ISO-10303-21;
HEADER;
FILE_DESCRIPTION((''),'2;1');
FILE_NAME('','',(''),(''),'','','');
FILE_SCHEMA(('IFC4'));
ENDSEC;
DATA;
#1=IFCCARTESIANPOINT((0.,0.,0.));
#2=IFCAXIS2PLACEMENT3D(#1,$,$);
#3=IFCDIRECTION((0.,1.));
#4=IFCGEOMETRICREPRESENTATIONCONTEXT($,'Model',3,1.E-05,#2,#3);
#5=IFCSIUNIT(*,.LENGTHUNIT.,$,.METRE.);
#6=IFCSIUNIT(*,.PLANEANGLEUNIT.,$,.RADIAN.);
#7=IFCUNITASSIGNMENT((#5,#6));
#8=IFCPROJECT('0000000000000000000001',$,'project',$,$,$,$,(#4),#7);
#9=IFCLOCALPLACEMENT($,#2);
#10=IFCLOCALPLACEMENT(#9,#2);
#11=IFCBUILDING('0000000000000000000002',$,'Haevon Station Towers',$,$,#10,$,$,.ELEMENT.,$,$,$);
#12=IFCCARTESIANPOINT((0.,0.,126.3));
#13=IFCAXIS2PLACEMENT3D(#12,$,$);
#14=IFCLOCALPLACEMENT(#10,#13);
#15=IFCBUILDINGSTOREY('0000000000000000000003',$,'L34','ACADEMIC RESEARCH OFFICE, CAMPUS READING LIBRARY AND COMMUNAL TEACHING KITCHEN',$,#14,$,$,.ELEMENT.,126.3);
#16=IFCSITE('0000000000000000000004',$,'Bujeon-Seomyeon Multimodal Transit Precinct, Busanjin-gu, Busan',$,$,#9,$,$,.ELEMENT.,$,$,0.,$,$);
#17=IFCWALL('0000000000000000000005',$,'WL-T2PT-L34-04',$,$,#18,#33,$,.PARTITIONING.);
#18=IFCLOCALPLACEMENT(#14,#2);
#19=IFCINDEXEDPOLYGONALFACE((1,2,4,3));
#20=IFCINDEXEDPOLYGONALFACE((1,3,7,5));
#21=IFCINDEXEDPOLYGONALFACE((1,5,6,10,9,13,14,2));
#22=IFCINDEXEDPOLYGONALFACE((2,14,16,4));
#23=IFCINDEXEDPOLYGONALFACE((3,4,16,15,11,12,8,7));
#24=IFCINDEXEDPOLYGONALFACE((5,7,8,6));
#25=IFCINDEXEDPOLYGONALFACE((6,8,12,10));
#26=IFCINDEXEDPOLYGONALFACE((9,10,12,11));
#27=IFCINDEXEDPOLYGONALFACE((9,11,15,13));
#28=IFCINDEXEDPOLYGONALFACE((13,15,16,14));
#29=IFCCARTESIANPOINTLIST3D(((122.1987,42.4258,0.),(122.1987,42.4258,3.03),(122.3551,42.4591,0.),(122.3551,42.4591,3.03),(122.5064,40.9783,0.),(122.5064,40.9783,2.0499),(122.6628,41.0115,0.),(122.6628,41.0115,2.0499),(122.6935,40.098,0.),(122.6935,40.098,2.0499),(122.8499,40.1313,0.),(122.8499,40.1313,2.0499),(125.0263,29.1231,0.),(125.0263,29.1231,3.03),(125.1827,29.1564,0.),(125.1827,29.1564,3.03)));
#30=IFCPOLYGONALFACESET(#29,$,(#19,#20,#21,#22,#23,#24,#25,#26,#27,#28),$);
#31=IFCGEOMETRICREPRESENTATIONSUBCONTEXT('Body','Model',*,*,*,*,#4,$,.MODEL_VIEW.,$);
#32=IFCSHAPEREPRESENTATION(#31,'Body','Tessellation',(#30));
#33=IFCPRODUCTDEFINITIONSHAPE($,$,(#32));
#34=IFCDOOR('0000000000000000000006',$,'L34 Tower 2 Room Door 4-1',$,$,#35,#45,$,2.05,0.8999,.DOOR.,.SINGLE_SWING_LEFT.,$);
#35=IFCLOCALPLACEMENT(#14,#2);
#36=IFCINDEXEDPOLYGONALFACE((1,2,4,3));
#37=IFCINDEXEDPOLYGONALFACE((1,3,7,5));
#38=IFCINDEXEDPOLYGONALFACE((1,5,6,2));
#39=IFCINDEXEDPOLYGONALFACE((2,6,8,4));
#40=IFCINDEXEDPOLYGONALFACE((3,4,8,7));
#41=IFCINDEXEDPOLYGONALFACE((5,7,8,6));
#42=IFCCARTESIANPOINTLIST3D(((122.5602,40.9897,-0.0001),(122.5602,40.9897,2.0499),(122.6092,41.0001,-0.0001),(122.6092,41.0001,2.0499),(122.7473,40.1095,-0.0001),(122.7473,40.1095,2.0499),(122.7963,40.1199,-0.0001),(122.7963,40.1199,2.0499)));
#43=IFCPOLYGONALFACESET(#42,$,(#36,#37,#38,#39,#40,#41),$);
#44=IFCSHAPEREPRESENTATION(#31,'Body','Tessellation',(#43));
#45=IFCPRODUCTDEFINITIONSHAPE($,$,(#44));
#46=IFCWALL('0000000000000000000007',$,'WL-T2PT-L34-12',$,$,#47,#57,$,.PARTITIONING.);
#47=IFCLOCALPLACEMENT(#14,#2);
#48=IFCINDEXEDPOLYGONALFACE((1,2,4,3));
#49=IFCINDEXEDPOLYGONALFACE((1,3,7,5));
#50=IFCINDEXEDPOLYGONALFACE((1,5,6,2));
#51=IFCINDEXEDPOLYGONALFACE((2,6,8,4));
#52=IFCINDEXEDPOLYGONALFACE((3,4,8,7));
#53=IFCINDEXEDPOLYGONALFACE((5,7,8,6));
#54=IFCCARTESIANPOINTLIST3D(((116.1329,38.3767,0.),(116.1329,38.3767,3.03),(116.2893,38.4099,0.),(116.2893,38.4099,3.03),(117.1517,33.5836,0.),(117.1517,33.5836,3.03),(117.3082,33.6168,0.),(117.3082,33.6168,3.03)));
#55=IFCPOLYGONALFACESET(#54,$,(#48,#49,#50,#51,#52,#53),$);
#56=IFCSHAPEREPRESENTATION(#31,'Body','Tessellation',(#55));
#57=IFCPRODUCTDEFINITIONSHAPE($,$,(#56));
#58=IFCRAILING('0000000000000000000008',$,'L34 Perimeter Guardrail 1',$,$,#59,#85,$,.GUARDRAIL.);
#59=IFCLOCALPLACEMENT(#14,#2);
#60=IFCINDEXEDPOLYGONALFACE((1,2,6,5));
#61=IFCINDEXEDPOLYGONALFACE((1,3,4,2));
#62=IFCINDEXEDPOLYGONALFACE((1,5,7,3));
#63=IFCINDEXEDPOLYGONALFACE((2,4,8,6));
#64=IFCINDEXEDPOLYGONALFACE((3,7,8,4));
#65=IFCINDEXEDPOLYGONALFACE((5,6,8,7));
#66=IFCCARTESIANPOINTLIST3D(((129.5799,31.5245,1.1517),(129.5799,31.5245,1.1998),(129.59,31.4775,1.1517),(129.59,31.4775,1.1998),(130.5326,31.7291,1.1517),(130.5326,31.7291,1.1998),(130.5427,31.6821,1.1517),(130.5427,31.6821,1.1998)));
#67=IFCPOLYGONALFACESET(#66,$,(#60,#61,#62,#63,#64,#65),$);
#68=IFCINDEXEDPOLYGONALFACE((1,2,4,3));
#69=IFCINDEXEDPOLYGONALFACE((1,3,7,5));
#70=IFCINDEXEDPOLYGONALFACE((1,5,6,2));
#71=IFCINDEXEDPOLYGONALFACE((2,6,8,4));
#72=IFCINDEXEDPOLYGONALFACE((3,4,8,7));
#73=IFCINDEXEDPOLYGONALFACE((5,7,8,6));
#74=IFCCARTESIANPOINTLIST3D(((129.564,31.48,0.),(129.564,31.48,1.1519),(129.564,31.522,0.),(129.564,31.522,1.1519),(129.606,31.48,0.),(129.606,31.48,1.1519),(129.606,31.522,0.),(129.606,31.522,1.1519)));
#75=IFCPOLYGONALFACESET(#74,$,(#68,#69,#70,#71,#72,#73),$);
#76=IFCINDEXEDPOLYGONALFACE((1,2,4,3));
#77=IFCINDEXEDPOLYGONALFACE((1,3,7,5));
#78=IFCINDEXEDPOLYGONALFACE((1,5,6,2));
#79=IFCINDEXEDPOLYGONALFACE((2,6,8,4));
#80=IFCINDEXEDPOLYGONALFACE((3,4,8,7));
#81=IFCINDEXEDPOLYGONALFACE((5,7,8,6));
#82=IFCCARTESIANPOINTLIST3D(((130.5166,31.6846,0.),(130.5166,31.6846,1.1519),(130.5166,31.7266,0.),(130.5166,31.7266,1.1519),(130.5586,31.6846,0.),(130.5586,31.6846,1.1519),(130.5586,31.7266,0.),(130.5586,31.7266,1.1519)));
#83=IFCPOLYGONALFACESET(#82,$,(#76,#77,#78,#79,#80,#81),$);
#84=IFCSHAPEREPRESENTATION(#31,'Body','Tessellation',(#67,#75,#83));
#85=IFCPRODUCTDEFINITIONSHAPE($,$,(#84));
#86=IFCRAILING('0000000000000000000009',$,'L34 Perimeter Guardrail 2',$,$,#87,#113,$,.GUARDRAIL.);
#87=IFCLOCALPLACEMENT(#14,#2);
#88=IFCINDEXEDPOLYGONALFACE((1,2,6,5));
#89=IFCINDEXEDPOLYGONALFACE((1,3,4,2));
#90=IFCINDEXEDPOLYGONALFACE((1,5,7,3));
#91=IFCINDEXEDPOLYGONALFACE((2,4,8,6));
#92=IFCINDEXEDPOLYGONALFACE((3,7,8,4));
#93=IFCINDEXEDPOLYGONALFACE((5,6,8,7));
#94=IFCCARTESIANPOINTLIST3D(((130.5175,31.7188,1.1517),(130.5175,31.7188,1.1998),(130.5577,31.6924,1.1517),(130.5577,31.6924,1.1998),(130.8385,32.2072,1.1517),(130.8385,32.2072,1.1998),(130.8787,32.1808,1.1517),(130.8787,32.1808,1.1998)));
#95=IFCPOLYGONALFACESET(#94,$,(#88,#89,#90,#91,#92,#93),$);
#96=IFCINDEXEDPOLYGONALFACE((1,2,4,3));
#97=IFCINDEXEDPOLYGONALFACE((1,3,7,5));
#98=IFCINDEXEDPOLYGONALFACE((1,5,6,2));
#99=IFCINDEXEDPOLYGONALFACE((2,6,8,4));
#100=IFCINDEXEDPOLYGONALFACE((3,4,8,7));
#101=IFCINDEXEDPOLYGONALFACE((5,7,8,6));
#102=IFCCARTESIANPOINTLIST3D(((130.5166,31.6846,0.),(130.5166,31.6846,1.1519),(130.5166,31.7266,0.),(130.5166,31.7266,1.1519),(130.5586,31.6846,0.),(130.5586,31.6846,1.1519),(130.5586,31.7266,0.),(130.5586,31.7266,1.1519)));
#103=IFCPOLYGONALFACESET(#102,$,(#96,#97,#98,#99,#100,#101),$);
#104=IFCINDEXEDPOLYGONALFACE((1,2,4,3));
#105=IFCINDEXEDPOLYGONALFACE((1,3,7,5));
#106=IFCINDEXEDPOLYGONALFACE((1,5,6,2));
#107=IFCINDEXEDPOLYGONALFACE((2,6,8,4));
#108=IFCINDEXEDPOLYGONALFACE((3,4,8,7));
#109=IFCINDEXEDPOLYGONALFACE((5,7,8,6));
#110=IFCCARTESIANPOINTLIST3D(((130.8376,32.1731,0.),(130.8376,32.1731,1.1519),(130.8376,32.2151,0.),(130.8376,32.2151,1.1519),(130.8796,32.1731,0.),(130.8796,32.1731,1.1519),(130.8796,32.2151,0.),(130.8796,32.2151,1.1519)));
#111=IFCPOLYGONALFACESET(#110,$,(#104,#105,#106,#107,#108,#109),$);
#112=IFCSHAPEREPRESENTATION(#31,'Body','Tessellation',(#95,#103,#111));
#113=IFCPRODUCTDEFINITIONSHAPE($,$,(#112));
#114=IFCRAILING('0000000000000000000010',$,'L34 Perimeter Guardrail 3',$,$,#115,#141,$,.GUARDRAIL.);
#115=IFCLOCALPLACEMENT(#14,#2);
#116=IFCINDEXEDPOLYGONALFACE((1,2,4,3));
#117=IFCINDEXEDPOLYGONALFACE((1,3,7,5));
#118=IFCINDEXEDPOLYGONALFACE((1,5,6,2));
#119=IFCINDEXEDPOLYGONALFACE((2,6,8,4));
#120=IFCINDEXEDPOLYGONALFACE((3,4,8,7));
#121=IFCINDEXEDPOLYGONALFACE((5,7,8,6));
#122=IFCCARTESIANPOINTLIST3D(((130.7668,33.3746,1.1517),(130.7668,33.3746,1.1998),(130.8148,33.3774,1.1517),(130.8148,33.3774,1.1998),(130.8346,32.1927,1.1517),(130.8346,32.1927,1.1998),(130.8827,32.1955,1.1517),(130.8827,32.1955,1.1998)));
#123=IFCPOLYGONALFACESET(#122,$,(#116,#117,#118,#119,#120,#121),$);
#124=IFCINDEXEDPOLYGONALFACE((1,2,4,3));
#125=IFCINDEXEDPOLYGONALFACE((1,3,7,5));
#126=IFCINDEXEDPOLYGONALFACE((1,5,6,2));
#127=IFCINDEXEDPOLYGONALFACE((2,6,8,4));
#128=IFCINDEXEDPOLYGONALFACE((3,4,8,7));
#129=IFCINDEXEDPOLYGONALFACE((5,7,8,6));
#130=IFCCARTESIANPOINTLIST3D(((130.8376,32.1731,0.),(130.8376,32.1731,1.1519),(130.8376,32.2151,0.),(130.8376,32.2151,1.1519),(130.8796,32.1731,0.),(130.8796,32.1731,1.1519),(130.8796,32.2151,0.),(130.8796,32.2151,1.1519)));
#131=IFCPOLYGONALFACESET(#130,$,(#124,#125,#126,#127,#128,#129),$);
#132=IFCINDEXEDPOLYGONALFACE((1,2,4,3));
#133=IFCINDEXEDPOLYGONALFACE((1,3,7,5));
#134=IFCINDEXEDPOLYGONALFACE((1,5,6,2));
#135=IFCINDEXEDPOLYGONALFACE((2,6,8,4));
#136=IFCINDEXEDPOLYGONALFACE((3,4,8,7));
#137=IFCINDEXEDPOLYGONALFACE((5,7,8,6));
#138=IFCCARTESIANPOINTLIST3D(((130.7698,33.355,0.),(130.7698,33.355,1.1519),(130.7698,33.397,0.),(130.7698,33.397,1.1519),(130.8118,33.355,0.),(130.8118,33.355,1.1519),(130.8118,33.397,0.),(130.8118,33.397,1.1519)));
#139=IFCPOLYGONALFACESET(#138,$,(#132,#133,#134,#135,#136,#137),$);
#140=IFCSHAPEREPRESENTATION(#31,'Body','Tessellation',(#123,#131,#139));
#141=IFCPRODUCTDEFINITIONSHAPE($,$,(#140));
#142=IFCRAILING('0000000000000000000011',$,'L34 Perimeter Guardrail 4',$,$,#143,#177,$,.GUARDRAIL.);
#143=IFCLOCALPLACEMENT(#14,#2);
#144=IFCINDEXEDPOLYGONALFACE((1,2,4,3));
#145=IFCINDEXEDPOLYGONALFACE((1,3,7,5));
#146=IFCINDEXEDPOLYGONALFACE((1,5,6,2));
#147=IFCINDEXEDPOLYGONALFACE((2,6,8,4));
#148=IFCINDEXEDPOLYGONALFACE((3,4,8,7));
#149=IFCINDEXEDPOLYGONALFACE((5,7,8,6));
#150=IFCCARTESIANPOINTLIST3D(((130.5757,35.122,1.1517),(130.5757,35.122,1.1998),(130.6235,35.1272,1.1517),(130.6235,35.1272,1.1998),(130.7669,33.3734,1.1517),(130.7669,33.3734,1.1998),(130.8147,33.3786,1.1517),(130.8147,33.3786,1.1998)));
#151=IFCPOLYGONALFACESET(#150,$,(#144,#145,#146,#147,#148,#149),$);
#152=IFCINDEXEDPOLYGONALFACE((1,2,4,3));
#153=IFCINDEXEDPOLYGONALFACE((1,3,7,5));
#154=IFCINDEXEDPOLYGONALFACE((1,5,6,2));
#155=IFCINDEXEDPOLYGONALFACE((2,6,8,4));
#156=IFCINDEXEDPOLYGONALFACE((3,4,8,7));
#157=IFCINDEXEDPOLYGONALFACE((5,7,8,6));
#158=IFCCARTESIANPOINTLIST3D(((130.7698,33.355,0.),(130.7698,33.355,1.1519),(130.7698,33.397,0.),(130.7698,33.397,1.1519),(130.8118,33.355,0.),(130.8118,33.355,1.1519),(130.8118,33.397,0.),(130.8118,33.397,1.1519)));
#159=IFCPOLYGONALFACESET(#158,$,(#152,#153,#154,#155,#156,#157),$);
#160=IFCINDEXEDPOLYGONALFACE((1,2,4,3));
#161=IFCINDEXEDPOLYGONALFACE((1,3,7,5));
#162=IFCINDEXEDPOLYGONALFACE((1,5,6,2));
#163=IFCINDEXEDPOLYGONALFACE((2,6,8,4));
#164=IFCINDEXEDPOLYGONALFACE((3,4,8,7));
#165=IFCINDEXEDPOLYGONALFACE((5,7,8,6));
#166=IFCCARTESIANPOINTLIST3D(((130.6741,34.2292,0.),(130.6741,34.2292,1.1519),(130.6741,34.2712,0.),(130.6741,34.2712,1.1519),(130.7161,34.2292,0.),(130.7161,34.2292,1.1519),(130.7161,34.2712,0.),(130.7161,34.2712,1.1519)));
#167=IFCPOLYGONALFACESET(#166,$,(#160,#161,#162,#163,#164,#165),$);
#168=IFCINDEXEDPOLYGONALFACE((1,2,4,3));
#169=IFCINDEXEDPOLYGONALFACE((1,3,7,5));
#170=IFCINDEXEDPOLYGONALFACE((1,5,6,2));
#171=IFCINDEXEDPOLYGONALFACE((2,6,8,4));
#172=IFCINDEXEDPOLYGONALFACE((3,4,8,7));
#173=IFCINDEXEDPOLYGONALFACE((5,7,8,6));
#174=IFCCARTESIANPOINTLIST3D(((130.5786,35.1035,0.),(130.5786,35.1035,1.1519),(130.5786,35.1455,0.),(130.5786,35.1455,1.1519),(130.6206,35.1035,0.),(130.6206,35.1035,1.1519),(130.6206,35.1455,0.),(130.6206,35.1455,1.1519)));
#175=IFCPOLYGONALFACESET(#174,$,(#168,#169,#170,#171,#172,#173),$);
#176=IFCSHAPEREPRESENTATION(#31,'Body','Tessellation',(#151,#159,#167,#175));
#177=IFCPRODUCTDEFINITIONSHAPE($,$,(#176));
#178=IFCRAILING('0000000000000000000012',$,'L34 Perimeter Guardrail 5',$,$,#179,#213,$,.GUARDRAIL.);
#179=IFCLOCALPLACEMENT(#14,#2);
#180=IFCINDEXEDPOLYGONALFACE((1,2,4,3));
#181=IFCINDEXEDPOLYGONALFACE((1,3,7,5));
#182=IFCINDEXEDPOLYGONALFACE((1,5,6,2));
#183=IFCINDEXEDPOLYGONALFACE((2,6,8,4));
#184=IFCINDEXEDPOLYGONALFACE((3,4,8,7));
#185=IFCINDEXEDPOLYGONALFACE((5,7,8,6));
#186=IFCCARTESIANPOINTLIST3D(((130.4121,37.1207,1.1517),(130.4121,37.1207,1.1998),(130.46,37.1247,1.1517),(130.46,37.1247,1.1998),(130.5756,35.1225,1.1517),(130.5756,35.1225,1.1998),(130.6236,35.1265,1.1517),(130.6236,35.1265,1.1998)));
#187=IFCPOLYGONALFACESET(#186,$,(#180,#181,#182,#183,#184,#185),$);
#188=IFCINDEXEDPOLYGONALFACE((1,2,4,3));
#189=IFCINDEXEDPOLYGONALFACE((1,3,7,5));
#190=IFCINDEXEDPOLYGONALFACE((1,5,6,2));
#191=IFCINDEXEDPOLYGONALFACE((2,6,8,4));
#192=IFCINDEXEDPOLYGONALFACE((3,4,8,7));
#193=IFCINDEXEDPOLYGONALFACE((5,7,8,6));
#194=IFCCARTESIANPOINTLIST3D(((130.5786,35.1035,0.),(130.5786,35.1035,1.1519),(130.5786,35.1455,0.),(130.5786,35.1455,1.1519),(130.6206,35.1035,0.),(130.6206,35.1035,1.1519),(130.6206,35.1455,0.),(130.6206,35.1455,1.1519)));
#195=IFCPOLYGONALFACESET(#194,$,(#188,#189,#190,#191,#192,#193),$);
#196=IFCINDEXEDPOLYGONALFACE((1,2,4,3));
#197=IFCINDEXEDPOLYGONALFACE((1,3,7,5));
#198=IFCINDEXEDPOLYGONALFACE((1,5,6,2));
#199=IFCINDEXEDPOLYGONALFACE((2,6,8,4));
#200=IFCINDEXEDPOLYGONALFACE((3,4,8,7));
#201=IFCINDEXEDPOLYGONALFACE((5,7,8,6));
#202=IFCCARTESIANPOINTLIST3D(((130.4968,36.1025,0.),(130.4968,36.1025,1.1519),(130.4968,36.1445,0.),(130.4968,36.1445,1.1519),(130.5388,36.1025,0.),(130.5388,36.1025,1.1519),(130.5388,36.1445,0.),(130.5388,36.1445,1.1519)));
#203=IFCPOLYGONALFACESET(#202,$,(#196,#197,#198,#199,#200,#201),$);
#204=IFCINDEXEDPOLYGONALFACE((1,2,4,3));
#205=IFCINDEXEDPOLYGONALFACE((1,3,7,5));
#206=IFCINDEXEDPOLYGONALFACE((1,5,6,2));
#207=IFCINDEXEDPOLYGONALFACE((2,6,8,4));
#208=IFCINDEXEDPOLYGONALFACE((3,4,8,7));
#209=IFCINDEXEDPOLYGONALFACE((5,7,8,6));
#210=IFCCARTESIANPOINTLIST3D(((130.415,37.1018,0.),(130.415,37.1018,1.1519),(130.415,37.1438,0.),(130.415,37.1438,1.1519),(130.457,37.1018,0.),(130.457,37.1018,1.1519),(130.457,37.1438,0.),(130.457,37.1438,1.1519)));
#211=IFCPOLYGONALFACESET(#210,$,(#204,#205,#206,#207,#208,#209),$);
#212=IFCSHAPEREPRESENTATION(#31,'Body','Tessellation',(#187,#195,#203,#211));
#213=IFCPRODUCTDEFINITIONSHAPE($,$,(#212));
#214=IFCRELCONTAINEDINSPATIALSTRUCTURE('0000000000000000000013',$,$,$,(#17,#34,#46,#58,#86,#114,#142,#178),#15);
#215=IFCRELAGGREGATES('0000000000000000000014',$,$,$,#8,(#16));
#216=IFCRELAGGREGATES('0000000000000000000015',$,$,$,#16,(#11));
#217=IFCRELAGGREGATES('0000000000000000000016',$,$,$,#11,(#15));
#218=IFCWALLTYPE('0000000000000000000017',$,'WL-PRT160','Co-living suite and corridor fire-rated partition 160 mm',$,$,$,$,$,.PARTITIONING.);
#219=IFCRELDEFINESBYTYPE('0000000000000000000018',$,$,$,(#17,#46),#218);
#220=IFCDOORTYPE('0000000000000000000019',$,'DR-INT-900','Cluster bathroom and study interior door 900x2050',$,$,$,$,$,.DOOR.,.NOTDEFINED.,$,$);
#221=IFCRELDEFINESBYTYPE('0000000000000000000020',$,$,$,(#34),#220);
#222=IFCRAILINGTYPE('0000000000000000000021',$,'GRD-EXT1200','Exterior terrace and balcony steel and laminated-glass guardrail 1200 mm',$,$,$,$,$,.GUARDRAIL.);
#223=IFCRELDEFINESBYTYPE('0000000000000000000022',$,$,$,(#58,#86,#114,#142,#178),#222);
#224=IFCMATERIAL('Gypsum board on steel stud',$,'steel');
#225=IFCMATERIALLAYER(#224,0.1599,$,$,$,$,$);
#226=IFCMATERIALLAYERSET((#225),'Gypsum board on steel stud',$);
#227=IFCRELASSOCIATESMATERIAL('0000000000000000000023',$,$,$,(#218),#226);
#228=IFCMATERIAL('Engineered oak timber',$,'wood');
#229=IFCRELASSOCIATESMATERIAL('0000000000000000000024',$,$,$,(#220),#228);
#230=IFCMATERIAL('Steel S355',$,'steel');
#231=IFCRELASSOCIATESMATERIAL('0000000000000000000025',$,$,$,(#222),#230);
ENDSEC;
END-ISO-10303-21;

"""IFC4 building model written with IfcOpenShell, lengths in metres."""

from ifc_helpers import new_model, si_unit, direction, frame, frame_2d, origin, origin_2d, place, context, subcontext, project, spatial, rectangle, extrude, material, layer, layer_set, type_object, element, fill, save


model = new_model("IFC4")

# Units and contexts
model_context = context("Model", 3, precision=1e-05, world=origin(), true_north=direction((0.0, 1.0)))
body_context = subcontext(model_context, "Body", "Model", "MODEL_VIEW")
ifc_project = project(units=[si_unit("LENGTHUNIT", "METRE"), si_unit("PLANEANGLEUNIT", "RADIAN")], contexts=[model_context])

# Site, building, storey
site_placement = place(None, origin())
site = spatial("IfcSite", under=ifc_project, at=site_placement, Name="Bujeon-Seomyeon Multimodal Transit Precinct, Busanjin-gu, Busan", CompositionType="ELEMENT", RefElevation=0.0)
building_placement = place(site_placement, origin())
building = spatial("IfcBuilding", under=site, at=building_placement, Name="Haevon Station Towers", CompositionType="ELEMENT")
storey_placement = place(building_placement, frame((0.0, 0.0, 126.3)))
storey = spatial("IfcBuildingStorey", under=building, at=storey_placement, Name="L34", Description="ACADEMIC RESEARCH OFFICE, CAMPUS READING LIBRARY AND COMMUNAL TEACHING KITCHEN", CompositionType="ELEMENT", Elevation=126.3)

# Shared definitions
ifc_material_1 = material(Name="Steel S355", Category="steel")

# Shared definitions
ifc_material_2 = material(Name="Gypsum board on steel stud", Category="steel")

# Wall, opening, door
ifc_layer_1 = layer(ifc_material_2, 0.1599)
ifc_layer_set_1 = layer_set([ifc_layer_1], Name="Gypsum board on steel stud")
wall_type_1 = type_object("IfcWallType", Name="WL-PRT160", Description="Co-living suite and corridor fire-rated partition 160 mm", PredefinedType="PARTITIONING", material=ifc_layer_set_1)
wall_1_placement = place(storey_placement, frame((125.1045, 29.1399, 0.0), z_axis=(0.0, 0.0, 1.0), x_axis=(-0.207915, 0.978147, 0.0)))
wall_1 = element("IfcWall", 1, at=wall_1_placement, inside=storey, type_object=wall_type_1, Name="WL-T2PT-L34-04", PredefinedType="PARTITIONING", context=body_context, shape_type="SweptSolid", body=[
    extrude(rectangle(XDim=13.5999, YDim=0.1599, at=frame_2d((6.7998, 0.0))), origin(), (0.0, 0.0, 1.0), 3.03),
])
opening_1_placement = place(wall_1_placement, frame((11.22, 0.0, 0.0)))
opening_1 = element("IfcOpeningElement", 2, at=opening_1_placement, cuts=wall_1, PredefinedType="OPENING", context=body_context, shape_type="SweptSolid", body=[
    extrude(rectangle(XDim=0.8999, YDim=2.05, at=frame_2d((0.45, 1.0249))), frame((0.0, 0.0898, 0.0), z_axis=(0.0, -1.0, 0.0), x_axis=(1.0, 0.0, 0.0)), (0.0, 0.0, 1.0), 0.1799),
])
ifc_material_3 = material(Name="Engineered oak timber", Category="wood")
door_type = type_object("IfcDoorType", Name="DR-INT-900", Description="Cluster bathroom and study interior door 900x2050", OperationType="NOTDEFINED", PredefinedType="DOOR", material=ifc_material_3)
door_placement = place(opening_1_placement, origin())
door = element("IfcDoor", 3, at=door_placement, inside=storey, type_object=door_type, Name="L34 Tower 2 Room Door 4-1", OperationType="SINGLE_SWING_LEFT", OverallHeight=2.05, OverallWidth=0.8999, PredefinedType="DOOR", context=body_context, shape_type="SweptSolid", body=[
    extrude(rectangle(XDim=0.8999, YDim=2.05, at=frame_2d((0.45, 1.0249))), frame((0.0, 0.0249, 0.0), z_axis=(0.0, -1.0, 0.0), x_axis=(1.0, 0.0, 0.0)), (0.0, 0.0, 1.0), 0.05),
])
fill(opening_1, door)

# Wall
wall_2_placement = place(storey_placement, frame((117.23, 33.6001, 0.0), z_axis=(0.0, 0.0, 1.0), x_axis=(-0.207916, 0.978147, 0.0)))
element("IfcWall", 4, at=wall_2_placement, inside=storey, type_object=wall_type_1, Name="WL-T2PT-L34-12", PredefinedType="PARTITIONING", context=body_context, shape_type="SweptSolid", body=[
    extrude(rectangle(XDim=4.9001, YDim=0.1599, at=frame_2d((2.4502, 0.0))), origin(), (0.0, 0.0, 1.0), 3.03),
])

# Railings
railing_type = type_object("IfcRailingType", Name="GRD-EXT1200", Description="Exterior terrace and balcony steel and laminated-glass guardrail 1200 mm", PredefinedType="GUARDRAIL", material=ifc_material_1)
railing_1_placement = place(storey_placement, frame((129.585, 31.501, 0.0)))
element("IfcRailing", 5, at=railing_1_placement, inside=storey, type_object=railing_type, Name="L34 Perimeter Guardrail 1", PredefinedType="GUARDRAIL", context=body_context, shape_type="SweptSolid", body=[
    extrude(rectangle(XDim=0.0481, YDim=0.0481, at=origin_2d()), frame((0.0, 0.0, 1.1758), z_axis=(0.977707, 0.209974, 0.0), x_axis=(-0.209974, 0.977707, 0.0)), (0.0, 0.0, 1.0), 0.9744),
    extrude(rectangle(XDim=0.042, YDim=0.042, at=origin_2d()), origin(), (0.0, 0.0, 1.0), 1.1519),
    extrude(rectangle(XDim=0.042, YDim=0.042, at=origin_2d()), frame((0.9526, 0.2046, 0.0)), (0.0, 0.0, 1.0), 1.1519),
])
railing_2_placement = place(storey_placement, frame((130.5376, 31.7056, 0.0)))
element("IfcRailing", 6, at=railing_2_placement, inside=storey, type_object=railing_type, Name="L34 Perimeter Guardrail 2", PredefinedType="GUARDRAIL", context=body_context, shape_type="SweptSolid", body=[
    extrude(rectangle(XDim=0.0481, YDim=0.0481, at=origin_2d()), frame((0.0, 0.0, 1.1758), z_axis=(0.549195, 0.835695, 0.0), x_axis=(-0.835695, 0.549195, 0.0)), (0.0, 0.0, 1.0), 0.5845),
    extrude(rectangle(XDim=0.042, YDim=0.042, at=origin_2d()), origin(), (0.0, 0.0, 1.0), 1.1519),
    extrude(rectangle(XDim=0.042, YDim=0.042, at=origin_2d()), frame((0.321, 0.4885, 0.0)), (0.0, 0.0, 1.0), 1.1519),
])
railing_3_placement = place(storey_placement, frame((130.8586, 32.1941, 0.0)))
element("IfcRailing", 7, at=railing_3_placement, inside=storey, type_object=railing_type, Name="L34 Perimeter Guardrail 3", PredefinedType="GUARDRAIL", context=body_context, shape_type="SweptSolid", body=[
    extrude(rectangle(XDim=0.0481, YDim=0.0481, at=origin_2d()), frame((0.0, 0.0, 1.1758), z_axis=(-0.057332, 0.998355, 0.0), x_axis=(-0.998355, -0.057332, 0.0)), (0.0, 0.0, 1.0), 1.1838),
    extrude(rectangle(XDim=0.042, YDim=0.042, at=origin_2d()), origin(), (0.0, 0.0, 1.0), 1.1519),
    extrude(rectangle(XDim=0.042, YDim=0.042, at=origin_2d()), frame((-0.0679, 1.1819, 0.0)), (0.0, 0.0, 1.0), 1.1519),
])
railing_4_placement = place(storey_placement, frame((130.7908, 33.376, 0.0)))
element("IfcRailing", 8, at=railing_4_placement, inside=storey, type_object=railing_type, Name="L34 Perimeter Guardrail 4", PredefinedType="GUARDRAIL", context=body_context, shape_type="SweptSolid", body=[
    extrude(rectangle(XDim=0.0481, YDim=0.0481, at=origin_2d()), frame((0.0, 0.0, 1.1758), z_axis=(-0.108679, 0.994077, 0.0), x_axis=(-0.994077, -0.108679, 0.0)), (0.0, 0.0, 1.0), 1.759),
    extrude(rectangle(XDim=0.042, YDim=0.042, at=origin_2d()), origin(), (0.0, 0.0, 1.0), 1.1519),
    extrude(rectangle(XDim=0.042, YDim=0.042, at=origin_2d()), frame((-0.0957, 0.8743, 0.0)), (0.0, 0.0, 1.0), 1.1519),
    extrude(rectangle(XDim=0.042, YDim=0.042, at=origin_2d()), frame((-0.1912, 1.7485, 0.0)), (0.0, 0.0, 1.0), 1.1519),
])
railing_5_placement = place(storey_placement, frame((130.5996, 35.1245, 0.0)))
element("IfcRailing", 9, at=railing_5_placement, inside=storey, type_object=railing_type, Name="L34 Perimeter Guardrail 5", PredefinedType="GUARDRAIL", context=body_context, shape_type="SweptSolid", body=[
    extrude(rectangle(XDim=0.0481, YDim=0.0481, at=origin_2d()), frame((0.0, 0.0, 1.1758), z_axis=(-0.081584, 0.996666, 0.0), x_axis=(-0.996666, -0.081584, 0.0)), (0.0, 0.0, 1.0), 2.0049),
    extrude(rectangle(XDim=0.042, YDim=0.042, at=origin_2d()), origin(), (0.0, 0.0, 1.0), 1.1519),
    extrude(rectangle(XDim=0.042, YDim=0.042, at=origin_2d()), frame((-0.0818, 0.999, 0.0)), (0.0, 0.0, 1.0), 1.1519),
    extrude(rectangle(XDim=0.042, YDim=0.042, at=origin_2d()), frame((-0.1636, 1.9983, 0.0)), (0.0, 0.0, 1.0), 1.1519),
])

save(model, "model.ifc")
